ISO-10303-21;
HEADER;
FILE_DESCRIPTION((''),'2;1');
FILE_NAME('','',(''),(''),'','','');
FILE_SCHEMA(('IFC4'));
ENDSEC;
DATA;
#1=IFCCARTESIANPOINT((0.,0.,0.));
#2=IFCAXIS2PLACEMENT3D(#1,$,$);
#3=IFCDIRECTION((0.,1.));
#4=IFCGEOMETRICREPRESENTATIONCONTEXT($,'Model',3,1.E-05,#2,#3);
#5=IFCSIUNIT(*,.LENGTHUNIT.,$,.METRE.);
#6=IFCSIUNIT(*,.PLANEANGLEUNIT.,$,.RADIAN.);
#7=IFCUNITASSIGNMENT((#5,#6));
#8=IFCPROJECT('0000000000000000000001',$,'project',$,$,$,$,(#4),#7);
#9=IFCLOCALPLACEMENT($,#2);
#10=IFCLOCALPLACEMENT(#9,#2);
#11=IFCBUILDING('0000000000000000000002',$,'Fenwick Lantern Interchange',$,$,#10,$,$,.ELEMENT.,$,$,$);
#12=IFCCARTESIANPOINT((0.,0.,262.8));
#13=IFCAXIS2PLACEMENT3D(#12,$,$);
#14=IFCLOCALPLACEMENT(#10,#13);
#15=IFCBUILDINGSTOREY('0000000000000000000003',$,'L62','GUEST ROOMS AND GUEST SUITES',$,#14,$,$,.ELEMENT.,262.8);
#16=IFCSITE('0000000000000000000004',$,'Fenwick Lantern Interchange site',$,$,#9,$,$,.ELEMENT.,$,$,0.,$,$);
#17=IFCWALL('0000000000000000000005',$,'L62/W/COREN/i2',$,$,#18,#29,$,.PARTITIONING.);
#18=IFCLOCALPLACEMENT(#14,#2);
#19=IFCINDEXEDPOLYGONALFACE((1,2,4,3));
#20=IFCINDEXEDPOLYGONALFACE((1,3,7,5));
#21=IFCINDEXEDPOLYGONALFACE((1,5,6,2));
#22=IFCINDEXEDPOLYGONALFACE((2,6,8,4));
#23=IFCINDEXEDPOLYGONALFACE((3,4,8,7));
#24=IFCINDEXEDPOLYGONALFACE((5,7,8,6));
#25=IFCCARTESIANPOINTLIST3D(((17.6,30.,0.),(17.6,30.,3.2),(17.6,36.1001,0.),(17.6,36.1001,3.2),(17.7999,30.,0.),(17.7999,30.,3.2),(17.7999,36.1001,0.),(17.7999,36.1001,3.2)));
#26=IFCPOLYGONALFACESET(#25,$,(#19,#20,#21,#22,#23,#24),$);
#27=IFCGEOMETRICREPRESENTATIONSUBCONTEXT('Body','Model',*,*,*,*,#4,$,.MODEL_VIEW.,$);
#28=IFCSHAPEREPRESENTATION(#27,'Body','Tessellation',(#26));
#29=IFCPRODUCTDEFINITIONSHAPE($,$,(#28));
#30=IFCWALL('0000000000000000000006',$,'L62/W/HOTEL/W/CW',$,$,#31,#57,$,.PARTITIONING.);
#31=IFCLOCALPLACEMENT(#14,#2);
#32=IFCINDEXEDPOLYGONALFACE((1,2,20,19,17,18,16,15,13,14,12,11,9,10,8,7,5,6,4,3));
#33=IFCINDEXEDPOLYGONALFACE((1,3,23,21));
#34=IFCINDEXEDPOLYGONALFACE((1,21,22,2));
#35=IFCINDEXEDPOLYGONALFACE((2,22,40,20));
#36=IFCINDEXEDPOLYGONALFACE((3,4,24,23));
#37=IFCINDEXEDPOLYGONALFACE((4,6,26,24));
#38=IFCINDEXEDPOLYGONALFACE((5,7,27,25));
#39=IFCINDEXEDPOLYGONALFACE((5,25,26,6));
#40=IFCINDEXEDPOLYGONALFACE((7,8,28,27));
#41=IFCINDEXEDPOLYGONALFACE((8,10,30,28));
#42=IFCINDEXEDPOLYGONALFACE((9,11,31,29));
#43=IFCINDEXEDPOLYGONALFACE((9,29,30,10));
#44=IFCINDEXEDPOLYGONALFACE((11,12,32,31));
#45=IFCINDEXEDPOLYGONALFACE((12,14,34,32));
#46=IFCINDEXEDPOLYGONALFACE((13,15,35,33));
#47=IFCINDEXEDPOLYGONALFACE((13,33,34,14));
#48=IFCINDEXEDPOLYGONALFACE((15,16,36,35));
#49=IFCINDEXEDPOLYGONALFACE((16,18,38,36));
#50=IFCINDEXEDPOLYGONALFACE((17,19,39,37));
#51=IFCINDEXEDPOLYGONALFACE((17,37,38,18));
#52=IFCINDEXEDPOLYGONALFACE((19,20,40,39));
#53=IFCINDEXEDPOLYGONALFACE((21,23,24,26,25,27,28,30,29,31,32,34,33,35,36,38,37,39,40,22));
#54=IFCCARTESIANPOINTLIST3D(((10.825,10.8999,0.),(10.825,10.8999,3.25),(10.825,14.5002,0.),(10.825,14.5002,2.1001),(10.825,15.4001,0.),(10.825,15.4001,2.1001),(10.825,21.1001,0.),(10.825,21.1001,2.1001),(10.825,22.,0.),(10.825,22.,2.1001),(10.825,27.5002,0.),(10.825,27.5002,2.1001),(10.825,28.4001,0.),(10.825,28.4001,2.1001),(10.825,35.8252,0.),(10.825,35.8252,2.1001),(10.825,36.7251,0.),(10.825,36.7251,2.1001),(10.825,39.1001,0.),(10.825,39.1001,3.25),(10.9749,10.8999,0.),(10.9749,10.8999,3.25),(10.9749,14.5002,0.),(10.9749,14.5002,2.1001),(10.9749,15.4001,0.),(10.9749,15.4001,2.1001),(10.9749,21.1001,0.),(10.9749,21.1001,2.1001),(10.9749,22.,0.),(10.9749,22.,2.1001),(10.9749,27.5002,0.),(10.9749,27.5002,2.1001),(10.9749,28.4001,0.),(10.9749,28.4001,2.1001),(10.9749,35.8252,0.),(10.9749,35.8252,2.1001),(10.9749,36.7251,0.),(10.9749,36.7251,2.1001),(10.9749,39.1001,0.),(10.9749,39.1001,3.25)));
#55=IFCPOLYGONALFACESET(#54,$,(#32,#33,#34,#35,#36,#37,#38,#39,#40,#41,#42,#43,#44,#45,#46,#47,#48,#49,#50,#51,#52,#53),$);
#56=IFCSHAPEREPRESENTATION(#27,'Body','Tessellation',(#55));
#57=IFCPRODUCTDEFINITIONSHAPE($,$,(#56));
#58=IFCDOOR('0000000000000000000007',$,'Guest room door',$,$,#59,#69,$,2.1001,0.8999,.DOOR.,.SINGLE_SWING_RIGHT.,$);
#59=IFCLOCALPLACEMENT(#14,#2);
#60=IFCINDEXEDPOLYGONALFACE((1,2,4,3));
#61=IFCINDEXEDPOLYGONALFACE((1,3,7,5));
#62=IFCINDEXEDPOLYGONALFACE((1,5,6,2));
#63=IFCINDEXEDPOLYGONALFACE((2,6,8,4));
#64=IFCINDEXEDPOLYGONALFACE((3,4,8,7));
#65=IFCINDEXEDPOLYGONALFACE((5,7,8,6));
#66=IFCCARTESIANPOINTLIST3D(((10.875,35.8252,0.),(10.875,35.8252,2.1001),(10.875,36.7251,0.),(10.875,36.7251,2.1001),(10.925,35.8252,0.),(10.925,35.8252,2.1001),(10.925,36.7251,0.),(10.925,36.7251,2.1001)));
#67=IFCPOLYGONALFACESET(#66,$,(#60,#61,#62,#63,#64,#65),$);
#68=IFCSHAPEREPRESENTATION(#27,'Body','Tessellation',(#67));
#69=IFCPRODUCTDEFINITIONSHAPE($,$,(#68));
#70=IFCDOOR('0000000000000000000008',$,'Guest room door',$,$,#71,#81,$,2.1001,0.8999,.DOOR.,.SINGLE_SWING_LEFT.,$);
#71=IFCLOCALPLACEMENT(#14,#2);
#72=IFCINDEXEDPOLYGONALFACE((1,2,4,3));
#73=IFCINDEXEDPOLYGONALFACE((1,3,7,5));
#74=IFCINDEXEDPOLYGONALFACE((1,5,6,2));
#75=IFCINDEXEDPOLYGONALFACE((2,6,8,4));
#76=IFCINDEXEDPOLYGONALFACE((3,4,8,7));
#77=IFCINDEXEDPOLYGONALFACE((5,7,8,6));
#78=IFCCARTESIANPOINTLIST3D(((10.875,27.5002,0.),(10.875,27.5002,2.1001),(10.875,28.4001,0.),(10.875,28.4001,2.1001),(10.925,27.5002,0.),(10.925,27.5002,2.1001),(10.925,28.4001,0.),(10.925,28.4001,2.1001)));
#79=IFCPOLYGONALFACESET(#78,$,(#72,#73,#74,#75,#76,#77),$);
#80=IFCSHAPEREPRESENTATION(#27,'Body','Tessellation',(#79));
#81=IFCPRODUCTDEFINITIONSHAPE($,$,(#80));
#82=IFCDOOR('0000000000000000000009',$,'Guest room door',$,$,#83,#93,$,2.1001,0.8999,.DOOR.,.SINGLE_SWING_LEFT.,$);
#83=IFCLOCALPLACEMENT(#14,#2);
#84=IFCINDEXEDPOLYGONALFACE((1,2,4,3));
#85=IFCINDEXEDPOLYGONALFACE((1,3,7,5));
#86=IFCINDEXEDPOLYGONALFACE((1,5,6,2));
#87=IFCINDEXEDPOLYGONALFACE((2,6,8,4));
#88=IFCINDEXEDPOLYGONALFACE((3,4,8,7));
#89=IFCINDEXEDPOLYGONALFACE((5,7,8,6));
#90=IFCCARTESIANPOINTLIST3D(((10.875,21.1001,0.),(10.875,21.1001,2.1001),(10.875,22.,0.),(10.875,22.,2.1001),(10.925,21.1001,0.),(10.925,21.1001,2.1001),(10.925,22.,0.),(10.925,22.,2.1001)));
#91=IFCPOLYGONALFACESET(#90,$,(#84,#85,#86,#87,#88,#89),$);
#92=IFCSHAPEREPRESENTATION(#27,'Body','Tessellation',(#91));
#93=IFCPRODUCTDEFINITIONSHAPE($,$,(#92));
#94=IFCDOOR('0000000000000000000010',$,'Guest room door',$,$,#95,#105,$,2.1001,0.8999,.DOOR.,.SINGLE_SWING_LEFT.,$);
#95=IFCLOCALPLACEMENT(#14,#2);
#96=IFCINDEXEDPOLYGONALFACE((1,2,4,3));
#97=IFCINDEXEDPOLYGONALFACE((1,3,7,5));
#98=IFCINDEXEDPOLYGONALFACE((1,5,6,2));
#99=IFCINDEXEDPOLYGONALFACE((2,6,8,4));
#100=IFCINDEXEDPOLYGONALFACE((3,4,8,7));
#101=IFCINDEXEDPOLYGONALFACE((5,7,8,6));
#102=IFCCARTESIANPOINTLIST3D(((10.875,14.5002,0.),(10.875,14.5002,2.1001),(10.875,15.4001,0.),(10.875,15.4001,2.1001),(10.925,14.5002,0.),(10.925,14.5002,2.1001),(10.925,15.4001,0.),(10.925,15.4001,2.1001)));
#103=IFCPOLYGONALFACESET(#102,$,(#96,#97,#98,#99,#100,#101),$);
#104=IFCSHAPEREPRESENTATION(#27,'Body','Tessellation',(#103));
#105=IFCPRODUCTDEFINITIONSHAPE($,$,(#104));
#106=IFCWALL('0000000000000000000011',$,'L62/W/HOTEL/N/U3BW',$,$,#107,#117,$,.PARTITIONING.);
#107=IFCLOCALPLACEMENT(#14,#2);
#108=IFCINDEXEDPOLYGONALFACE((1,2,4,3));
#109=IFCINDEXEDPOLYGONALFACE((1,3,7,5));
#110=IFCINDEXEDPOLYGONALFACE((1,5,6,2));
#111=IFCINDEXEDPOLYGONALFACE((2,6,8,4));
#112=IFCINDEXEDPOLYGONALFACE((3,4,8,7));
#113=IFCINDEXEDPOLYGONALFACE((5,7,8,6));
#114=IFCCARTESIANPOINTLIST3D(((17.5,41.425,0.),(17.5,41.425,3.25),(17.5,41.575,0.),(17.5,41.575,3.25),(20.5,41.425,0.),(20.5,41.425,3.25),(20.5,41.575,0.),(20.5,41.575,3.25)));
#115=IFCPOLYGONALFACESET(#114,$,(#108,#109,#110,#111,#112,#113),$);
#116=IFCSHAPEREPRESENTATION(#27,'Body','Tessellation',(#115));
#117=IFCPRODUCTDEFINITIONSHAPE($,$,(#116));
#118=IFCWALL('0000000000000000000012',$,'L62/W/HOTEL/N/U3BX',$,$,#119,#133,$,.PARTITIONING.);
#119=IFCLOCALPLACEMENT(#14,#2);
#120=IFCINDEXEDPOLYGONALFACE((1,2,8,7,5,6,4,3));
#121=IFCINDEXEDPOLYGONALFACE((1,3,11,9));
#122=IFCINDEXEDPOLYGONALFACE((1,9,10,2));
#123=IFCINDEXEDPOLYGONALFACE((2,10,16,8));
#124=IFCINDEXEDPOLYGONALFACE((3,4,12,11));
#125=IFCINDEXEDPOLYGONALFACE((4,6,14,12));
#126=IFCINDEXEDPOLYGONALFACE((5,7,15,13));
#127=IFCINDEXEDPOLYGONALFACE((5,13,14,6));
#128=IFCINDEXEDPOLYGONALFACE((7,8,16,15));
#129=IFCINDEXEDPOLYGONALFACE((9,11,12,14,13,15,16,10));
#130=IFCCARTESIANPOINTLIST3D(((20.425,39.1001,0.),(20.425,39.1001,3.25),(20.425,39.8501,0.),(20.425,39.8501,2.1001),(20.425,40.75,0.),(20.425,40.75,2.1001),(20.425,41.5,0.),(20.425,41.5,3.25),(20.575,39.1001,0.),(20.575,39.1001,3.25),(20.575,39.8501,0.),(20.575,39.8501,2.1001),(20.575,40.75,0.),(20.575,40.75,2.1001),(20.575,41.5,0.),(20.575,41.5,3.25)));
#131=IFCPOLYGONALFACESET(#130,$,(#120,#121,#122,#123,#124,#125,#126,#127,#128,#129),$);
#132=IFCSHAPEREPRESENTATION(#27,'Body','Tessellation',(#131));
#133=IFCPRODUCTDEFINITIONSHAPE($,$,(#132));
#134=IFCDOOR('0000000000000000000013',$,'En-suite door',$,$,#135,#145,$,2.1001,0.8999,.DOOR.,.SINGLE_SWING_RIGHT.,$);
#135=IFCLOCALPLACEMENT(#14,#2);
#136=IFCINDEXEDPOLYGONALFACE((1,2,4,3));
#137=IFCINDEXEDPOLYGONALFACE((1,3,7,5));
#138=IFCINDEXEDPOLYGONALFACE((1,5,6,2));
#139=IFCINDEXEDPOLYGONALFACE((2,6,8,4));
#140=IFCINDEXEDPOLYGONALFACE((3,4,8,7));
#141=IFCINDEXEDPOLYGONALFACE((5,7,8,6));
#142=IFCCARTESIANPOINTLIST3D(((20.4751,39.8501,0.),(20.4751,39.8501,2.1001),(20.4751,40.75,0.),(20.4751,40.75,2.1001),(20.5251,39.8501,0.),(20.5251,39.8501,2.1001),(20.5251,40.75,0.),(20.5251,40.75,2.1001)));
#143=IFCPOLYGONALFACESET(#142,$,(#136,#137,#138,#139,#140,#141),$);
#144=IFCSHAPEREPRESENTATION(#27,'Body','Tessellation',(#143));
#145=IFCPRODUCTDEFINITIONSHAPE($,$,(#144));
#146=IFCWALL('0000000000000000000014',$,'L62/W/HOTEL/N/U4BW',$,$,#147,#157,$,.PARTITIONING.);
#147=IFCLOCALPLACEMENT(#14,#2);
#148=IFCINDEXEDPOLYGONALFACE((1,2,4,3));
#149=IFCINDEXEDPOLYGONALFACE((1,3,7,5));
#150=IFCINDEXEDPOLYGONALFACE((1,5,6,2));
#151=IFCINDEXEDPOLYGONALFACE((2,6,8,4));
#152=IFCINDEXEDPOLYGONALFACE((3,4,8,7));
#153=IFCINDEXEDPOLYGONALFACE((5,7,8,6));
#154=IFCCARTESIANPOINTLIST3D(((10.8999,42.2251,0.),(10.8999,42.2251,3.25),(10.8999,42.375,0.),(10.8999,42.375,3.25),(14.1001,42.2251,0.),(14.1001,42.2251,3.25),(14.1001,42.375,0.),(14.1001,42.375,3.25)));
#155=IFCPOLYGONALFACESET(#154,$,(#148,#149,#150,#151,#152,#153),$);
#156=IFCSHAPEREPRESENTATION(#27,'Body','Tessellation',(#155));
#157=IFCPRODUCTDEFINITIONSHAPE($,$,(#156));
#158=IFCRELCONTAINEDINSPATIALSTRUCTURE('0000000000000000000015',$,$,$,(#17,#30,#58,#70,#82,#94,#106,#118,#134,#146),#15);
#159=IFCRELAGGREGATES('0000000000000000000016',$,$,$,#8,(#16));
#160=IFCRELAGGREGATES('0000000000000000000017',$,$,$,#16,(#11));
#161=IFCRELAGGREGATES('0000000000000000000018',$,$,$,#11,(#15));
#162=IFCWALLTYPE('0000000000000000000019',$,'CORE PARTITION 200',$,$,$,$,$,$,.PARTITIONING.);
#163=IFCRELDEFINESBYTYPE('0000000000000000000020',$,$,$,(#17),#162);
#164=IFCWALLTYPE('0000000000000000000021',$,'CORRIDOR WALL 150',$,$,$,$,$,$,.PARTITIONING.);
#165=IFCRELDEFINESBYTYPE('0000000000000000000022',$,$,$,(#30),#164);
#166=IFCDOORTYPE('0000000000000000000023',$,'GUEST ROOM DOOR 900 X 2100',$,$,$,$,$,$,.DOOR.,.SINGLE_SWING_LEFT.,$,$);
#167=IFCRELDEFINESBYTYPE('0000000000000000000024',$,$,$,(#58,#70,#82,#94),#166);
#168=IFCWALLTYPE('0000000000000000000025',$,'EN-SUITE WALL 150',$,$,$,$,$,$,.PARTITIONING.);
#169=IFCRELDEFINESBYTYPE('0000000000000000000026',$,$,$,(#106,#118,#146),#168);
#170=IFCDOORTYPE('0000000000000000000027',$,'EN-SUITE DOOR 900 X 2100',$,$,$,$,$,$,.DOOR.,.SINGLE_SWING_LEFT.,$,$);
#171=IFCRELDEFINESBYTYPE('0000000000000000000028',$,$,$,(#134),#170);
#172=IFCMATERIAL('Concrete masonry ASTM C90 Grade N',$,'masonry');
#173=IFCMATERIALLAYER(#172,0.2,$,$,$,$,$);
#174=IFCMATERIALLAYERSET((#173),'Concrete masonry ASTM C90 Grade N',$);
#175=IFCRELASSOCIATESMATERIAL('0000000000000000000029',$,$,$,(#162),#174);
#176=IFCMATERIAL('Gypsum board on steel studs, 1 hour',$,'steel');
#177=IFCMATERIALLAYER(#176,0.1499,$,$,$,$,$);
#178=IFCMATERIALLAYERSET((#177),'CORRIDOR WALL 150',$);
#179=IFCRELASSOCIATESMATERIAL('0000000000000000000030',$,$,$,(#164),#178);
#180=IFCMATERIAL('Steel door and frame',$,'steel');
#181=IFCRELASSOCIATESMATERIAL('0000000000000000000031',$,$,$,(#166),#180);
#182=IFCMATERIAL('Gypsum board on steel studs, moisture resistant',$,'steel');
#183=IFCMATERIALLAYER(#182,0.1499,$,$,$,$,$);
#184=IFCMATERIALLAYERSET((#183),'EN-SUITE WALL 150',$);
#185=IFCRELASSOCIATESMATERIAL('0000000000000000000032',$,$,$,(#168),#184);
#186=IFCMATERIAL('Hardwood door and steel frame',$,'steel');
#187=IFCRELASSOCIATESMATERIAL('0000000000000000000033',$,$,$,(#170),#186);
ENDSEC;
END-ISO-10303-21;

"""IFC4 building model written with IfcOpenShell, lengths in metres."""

from ifc_helpers import new_model, si_unit, direction, frame, frame_2d, origin, place, context, subcontext, project, spatial, rectangle, extrude, material, layer, layer_set, type_object, element, fill, save


model = new_model("IFC4")

# Units and contexts
model_context = context("Model", 3, precision=1e-05, world=origin(), true_north=direction((0.0, 1.0)))
body_context = subcontext(model_context, "Body", "Model", "MODEL_VIEW")
ifc_project = project(units=[si_unit("LENGTHUNIT", "METRE"), si_unit("PLANEANGLEUNIT", "RADIAN")], contexts=[model_context])

# Site, building, storey
site_placement = place(None, origin())
site = spatial("IfcSite", under=ifc_project, at=site_placement, Name="Fenwick Lantern Interchange site", CompositionType="ELEMENT", RefElevation=0.0)
building_placement = place(site_placement, origin())
building = spatial("IfcBuilding", under=site, at=building_placement, Name="Fenwick Lantern Interchange", CompositionType="ELEMENT")
storey_placement = place(building_placement, frame((0.0, 0.0, 262.8)))
storey = spatial("IfcBuildingStorey", under=building, at=storey_placement, Name="L62", Description="GUEST ROOMS AND GUEST SUITES", CompositionType="ELEMENT", Elevation=262.8)

# Shared definitions
ifc_material_1 = material(Name="Concrete masonry ASTM C90 Grade N", Category="masonry")
ifc_layer_1 = layer(ifc_material_1, 0.2)
ifc_layer_set_1 = layer_set([ifc_layer_1], Name="Concrete masonry ASTM C90 Grade N")
wall_type_1 = type_object("IfcWallType", Name="CORE PARTITION 200", PredefinedType="PARTITIONING", material=ifc_layer_set_1)
ifc_material_2 = material(Name="Steel door and frame", Category="steel")

# Wall
wall_1_placement = place(storey_placement, frame((17.7, 36.1001, 0.0), z_axis=(0.0, 0.0, 1.0), x_axis=(0.0, -1.0, 0.0)))
element("IfcWall", 1, at=wall_1_placement, inside=storey, type_object=wall_type_1, Name="L62/W/COREN/i2", PredefinedType="PARTITIONING", context=body_context, shape_type="SweptSolid", body=[
    extrude(rectangle(XDim=6.1001, YDim=0.2, at=frame_2d((3.05, 0.0))), origin(), (0.0, 0.0, 1.0), 3.2),
])

# Wall, openings, doors
ifc_material_3 = material(Name="Hardwood door and steel frame", Category="steel")
ifc_material_4 = material(Name="Gypsum board on steel studs, 1 hour", Category="steel")
ifc_layer_2 = layer(ifc_material_4, 0.1499)
ifc_layer_set_2 = layer_set([ifc_layer_2], Name="CORRIDOR WALL 150")
wall_type_2 = type_object("IfcWallType", Name="CORRIDOR WALL 150", PredefinedType="PARTITIONING", material=ifc_layer_set_2)
wall_2_placement = place(storey_placement, frame((10.8999, 39.1001, 0.0), z_axis=(0.0, 0.0, 1.0), x_axis=(0.0, -1.0, 0.0)))
wall_2 = element("IfcWall", 2, at=wall_2_placement, inside=storey, type_object=wall_type_2, Name="L62/W/HOTEL/W/CW", PredefinedType="PARTITIONING", context=body_context, shape_type="SweptSolid", body=[
    extrude(rectangle(XDim=28.2002, YDim=0.1499, at=frame_2d((14.1001, 0.0))), origin(), (0.0, 0.0, 1.0), 3.25),
])
opening_1_placement = place(wall_2_placement, frame((2.375, 0.0, 0.0)))
opening_1 = element("IfcOpeningElement", 3, at=opening_1_placement, cuts=wall_2, PredefinedType="OPENING", context=body_context, shape_type="SweptSolid", body=[
    extrude(rectangle(XDim=0.8999, YDim=2.1001, at=frame_2d((0.45, 1.05))), frame((0.0, 0.085, 0.0), z_axis=(0.0, -1.0, 0.0), x_axis=(1.0, 0.0, 0.0)), (0.0, 0.0, 1.0), 0.1699),
])
opening_2_placement = place(wall_2_placement, frame((10.7, 0.0, 0.0)))
opening_2 = element("IfcOpeningElement", 4, at=opening_2_placement, cuts=wall_2, PredefinedType="OPENING", context=body_context, shape_type="SweptSolid", body=[
    extrude(rectangle(XDim=0.8999, YDim=2.1001, at=frame_2d((0.45, 1.05))), frame((0.0, 0.085, 0.0), z_axis=(0.0, -1.0, 0.0), x_axis=(1.0, 0.0, 0.0)), (0.0, 0.0, 1.0), 0.1699),
])
opening_3_placement = place(wall_2_placement, frame((17.1001, 0.0, 0.0)))
opening_3 = element("IfcOpeningElement", 5, at=opening_3_placement, cuts=wall_2, PredefinedType="OPENING", context=body_context, shape_type="SweptSolid", body=[
    extrude(rectangle(XDim=0.8999, YDim=2.1001, at=frame_2d((0.45, 1.05))), frame((0.0, 0.085, 0.0), z_axis=(0.0, -1.0, 0.0), x_axis=(1.0, 0.0, 0.0)), (0.0, 0.0, 1.0), 0.1699),
])
opening_4_placement = place(wall_2_placement, frame((23.7, 0.0, 0.0)))
opening_4 = element("IfcOpeningElement", 6, at=opening_4_placement, cuts=wall_2, PredefinedType="OPENING", context=body_context, shape_type="SweptSolid", body=[
    extrude(rectangle(XDim=0.8999, YDim=2.1001, at=frame_2d((0.45, 1.05))), frame((0.0, 0.085, 0.0), z_axis=(0.0, -1.0, 0.0), x_axis=(1.0, 0.0, 0.0)), (0.0, 0.0, 1.0), 0.1699),
])
door_type_1 = type_object("IfcDoorType", Name="GUEST ROOM DOOR 900 X 2100", OperationType="SINGLE_SWING_LEFT", PredefinedType="DOOR", material=ifc_material_2)
door_1_placement = place(opening_1_placement, frame((0.8999, 0.0, 0.0), z_axis=(0.0, 0.0, 1.0), x_axis=(-1.0, 0.0, 0.0)))
door_1 = element("IfcDoor", 7, at=door_1_placement, inside=storey, type_object=door_type_1, Name="Guest room door", OperationType="SINGLE_SWING_RIGHT", OverallHeight=2.1001, OverallWidth=0.8999, PredefinedType="DOOR", context=body_context, shape_type="SweptSolid", body=[
    extrude(rectangle(XDim=0.8999, YDim=2.1001, at=frame_2d((0.45, 1.05))), frame((0.0, 0.0249, 0.0), z_axis=(0.0, -1.0, 0.0), x_axis=(1.0, 0.0, 0.0)), (0.0, 0.0, 1.0), 0.05),
])
fill(opening_1, door_1)
door_2_placement = place(opening_2_placement, frame((0.8999, 0.0, 0.0), z_axis=(0.0, 0.0, 1.0), x_axis=(-1.0, 0.0, 0.0)))
door_2 = element("IfcDoor", 8, at=door_2_placement, inside=storey, type_object=door_type_1, Name="Guest room door", OperationType="SINGLE_SWING_LEFT", OverallHeight=2.1001, OverallWidth=0.8999, PredefinedType="DOOR", context=body_context, shape_type="SweptSolid", body=[
    extrude(rectangle(XDim=0.8999, YDim=2.1001, at=frame_2d((0.45, 1.05))), frame((0.0, 0.0249, 0.0), z_axis=(0.0, -1.0, 0.0), x_axis=(1.0, 0.0, 0.0)), (0.0, 0.0, 1.0), 0.05),
])
fill(opening_2, door_2)
door_3_placement = place(opening_3_placement, frame((0.8999, 0.0, 0.0), z_axis=(0.0, 0.0, 1.0), x_axis=(-1.0, 0.0, 0.0)))
door_3 = element("IfcDoor", 9, at=door_3_placement, inside=storey, type_object=door_type_1, Name="Guest room door", OperationType="SINGLE_SWING_LEFT", OverallHeight=2.1001, OverallWidth=0.8999, PredefinedType="DOOR", context=body_context, shape_type="SweptSolid", body=[
    extrude(rectangle(XDim=0.8999, YDim=2.1001, at=frame_2d((0.45, 1.05))), frame((0.0, 0.0249, 0.0), z_axis=(0.0, -1.0, 0.0), x_axis=(1.0, 0.0, 0.0)), (0.0, 0.0, 1.0), 0.05),
])
fill(opening_3, door_3)
door_4_placement = place(opening_4_placement, frame((0.8999, 0.0, 0.0), z_axis=(0.0, 0.0, 1.0), x_axis=(-1.0, 0.0, 0.0)))
door_4 = element("IfcDoor", 10, at=door_4_placement, inside=storey, type_object=door_type_1, Name="Guest room door", OperationType="SINGLE_SWING_LEFT", OverallHeight=2.1001, OverallWidth=0.8999, PredefinedType="DOOR", context=body_context, shape_type="SweptSolid", body=[
    extrude(rectangle(XDim=0.8999, YDim=2.1001, at=frame_2d((0.45, 1.05))), frame((0.0, 0.0249, 0.0), z_axis=(0.0, -1.0, 0.0), x_axis=(1.0, 0.0, 0.0)), (0.0, 0.0, 1.0), 0.05),
])
fill(opening_4, door_4)

# Wall
ifc_material_5 = material(Name="Gypsum board on steel studs, moisture resistant", Category="steel")
ifc_layer_3 = layer(ifc_material_5, 0.1499)
ifc_layer_set_3 = layer_set([ifc_layer_3], Name="EN-SUITE WALL 150")
wall_type_3 = type_object("IfcWallType", Name="EN-SUITE WALL 150", PredefinedType="PARTITIONING", material=ifc_layer_set_3)
wall_3_placement = place(storey_placement, frame((20.5, 41.5, 0.0), z_axis=(0.0, 0.0, 1.0), x_axis=(-1.0, 0.0, 0.0)))
element("IfcWall", 11, at=wall_3_placement, inside=storey, type_object=wall_type_3, Name="L62/W/HOTEL/N/U3BW", PredefinedType="PARTITIONING", context=body_context, shape_type="SweptSolid", body=[
    extrude(rectangle(XDim=3.0, YDim=0.1499, at=frame_2d((1.5, 0.0))), origin(), (0.0, 0.0, 1.0), 3.25),
])

# Wall, opening, door
wall_4_placement = place(storey_placement, frame((20.5, 41.5, 0.0), z_axis=(0.0, 0.0, 1.0), x_axis=(0.0, -1.0, 0.0)))
wall_4 = element("IfcWall", 12, at=wall_4_placement, inside=storey, type_object=wall_type_3, Name="L62/W/HOTEL/N/U3BX", PredefinedType="PARTITIONING", context=body_context, shape_type="SweptSolid", body=[
    extrude(rectangle(XDim=2.3999, YDim=0.1499, at=frame_2d((1.2, 0.0))), origin(), (0.0, 0.0, 1.0), 3.25),
])
opening_5_placement = place(wall_4_placement, frame((0.75, 0.0, 0.0)))
opening_5 = element("IfcOpeningElement", 13, at=opening_5_placement, cuts=wall_4, PredefinedType="OPENING", context=body_context, shape_type="SweptSolid", body=[
    extrude(rectangle(XDim=0.8999, YDim=2.1001, at=frame_2d((0.45, 1.05))), frame((0.0, 0.085, 0.0), z_axis=(0.0, -1.0, 0.0), x_axis=(1.0, 0.0, 0.0)), (0.0, 0.0, 1.0), 0.1699),
])
door_type_2 = type_object("IfcDoorType", Name="EN-SUITE DOOR 900 X 2100", OperationType="SINGLE_SWING_LEFT", PredefinedType="DOOR", material=ifc_material_3)
door_5_placement = place(opening_5_placement, frame((0.8999, 0.0, 0.0), z_axis=(0.0, 0.0, 1.0), x_axis=(-1.0, 0.0, 0.0)))
door_5 = element("IfcDoor", 14, at=door_5_placement, inside=storey, type_object=door_type_2, Name="En-suite door", OperationType="SINGLE_SWING_RIGHT", OverallHeight=2.1001, OverallWidth=0.8999, PredefinedType="DOOR", context=body_context, shape_type="SweptSolid", body=[
    extrude(rectangle(XDim=0.8999, YDim=2.1001, at=frame_2d((0.45, 1.05))), frame((0.0, 0.0249, 0.0), z_axis=(0.0, -1.0, 0.0), x_axis=(1.0, 0.0, 0.0)), (0.0, 0.0, 1.0), 0.05),
])
fill(opening_5, door_5)

# Wall
wall_5_placement = place(storey_placement, frame((14.1001, 42.3, 0.0), z_axis=(0.0, 0.0, 1.0), x_axis=(-1.0, 0.0, 0.0)))
element("IfcWall", 15, at=wall_5_placement, inside=storey, type_object=wall_type_3, Name="L62/W/HOTEL/N/U4BW", PredefinedType="PARTITIONING", context=body_context, shape_type="SweptSolid", body=[
    extrude(rectangle(XDim=3.2002, YDim=0.1499, at=frame_2d((1.6001, 0.0))), origin(), (0.0, 0.0, 1.0), 3.25),
])

save(model, "model.ifc")
